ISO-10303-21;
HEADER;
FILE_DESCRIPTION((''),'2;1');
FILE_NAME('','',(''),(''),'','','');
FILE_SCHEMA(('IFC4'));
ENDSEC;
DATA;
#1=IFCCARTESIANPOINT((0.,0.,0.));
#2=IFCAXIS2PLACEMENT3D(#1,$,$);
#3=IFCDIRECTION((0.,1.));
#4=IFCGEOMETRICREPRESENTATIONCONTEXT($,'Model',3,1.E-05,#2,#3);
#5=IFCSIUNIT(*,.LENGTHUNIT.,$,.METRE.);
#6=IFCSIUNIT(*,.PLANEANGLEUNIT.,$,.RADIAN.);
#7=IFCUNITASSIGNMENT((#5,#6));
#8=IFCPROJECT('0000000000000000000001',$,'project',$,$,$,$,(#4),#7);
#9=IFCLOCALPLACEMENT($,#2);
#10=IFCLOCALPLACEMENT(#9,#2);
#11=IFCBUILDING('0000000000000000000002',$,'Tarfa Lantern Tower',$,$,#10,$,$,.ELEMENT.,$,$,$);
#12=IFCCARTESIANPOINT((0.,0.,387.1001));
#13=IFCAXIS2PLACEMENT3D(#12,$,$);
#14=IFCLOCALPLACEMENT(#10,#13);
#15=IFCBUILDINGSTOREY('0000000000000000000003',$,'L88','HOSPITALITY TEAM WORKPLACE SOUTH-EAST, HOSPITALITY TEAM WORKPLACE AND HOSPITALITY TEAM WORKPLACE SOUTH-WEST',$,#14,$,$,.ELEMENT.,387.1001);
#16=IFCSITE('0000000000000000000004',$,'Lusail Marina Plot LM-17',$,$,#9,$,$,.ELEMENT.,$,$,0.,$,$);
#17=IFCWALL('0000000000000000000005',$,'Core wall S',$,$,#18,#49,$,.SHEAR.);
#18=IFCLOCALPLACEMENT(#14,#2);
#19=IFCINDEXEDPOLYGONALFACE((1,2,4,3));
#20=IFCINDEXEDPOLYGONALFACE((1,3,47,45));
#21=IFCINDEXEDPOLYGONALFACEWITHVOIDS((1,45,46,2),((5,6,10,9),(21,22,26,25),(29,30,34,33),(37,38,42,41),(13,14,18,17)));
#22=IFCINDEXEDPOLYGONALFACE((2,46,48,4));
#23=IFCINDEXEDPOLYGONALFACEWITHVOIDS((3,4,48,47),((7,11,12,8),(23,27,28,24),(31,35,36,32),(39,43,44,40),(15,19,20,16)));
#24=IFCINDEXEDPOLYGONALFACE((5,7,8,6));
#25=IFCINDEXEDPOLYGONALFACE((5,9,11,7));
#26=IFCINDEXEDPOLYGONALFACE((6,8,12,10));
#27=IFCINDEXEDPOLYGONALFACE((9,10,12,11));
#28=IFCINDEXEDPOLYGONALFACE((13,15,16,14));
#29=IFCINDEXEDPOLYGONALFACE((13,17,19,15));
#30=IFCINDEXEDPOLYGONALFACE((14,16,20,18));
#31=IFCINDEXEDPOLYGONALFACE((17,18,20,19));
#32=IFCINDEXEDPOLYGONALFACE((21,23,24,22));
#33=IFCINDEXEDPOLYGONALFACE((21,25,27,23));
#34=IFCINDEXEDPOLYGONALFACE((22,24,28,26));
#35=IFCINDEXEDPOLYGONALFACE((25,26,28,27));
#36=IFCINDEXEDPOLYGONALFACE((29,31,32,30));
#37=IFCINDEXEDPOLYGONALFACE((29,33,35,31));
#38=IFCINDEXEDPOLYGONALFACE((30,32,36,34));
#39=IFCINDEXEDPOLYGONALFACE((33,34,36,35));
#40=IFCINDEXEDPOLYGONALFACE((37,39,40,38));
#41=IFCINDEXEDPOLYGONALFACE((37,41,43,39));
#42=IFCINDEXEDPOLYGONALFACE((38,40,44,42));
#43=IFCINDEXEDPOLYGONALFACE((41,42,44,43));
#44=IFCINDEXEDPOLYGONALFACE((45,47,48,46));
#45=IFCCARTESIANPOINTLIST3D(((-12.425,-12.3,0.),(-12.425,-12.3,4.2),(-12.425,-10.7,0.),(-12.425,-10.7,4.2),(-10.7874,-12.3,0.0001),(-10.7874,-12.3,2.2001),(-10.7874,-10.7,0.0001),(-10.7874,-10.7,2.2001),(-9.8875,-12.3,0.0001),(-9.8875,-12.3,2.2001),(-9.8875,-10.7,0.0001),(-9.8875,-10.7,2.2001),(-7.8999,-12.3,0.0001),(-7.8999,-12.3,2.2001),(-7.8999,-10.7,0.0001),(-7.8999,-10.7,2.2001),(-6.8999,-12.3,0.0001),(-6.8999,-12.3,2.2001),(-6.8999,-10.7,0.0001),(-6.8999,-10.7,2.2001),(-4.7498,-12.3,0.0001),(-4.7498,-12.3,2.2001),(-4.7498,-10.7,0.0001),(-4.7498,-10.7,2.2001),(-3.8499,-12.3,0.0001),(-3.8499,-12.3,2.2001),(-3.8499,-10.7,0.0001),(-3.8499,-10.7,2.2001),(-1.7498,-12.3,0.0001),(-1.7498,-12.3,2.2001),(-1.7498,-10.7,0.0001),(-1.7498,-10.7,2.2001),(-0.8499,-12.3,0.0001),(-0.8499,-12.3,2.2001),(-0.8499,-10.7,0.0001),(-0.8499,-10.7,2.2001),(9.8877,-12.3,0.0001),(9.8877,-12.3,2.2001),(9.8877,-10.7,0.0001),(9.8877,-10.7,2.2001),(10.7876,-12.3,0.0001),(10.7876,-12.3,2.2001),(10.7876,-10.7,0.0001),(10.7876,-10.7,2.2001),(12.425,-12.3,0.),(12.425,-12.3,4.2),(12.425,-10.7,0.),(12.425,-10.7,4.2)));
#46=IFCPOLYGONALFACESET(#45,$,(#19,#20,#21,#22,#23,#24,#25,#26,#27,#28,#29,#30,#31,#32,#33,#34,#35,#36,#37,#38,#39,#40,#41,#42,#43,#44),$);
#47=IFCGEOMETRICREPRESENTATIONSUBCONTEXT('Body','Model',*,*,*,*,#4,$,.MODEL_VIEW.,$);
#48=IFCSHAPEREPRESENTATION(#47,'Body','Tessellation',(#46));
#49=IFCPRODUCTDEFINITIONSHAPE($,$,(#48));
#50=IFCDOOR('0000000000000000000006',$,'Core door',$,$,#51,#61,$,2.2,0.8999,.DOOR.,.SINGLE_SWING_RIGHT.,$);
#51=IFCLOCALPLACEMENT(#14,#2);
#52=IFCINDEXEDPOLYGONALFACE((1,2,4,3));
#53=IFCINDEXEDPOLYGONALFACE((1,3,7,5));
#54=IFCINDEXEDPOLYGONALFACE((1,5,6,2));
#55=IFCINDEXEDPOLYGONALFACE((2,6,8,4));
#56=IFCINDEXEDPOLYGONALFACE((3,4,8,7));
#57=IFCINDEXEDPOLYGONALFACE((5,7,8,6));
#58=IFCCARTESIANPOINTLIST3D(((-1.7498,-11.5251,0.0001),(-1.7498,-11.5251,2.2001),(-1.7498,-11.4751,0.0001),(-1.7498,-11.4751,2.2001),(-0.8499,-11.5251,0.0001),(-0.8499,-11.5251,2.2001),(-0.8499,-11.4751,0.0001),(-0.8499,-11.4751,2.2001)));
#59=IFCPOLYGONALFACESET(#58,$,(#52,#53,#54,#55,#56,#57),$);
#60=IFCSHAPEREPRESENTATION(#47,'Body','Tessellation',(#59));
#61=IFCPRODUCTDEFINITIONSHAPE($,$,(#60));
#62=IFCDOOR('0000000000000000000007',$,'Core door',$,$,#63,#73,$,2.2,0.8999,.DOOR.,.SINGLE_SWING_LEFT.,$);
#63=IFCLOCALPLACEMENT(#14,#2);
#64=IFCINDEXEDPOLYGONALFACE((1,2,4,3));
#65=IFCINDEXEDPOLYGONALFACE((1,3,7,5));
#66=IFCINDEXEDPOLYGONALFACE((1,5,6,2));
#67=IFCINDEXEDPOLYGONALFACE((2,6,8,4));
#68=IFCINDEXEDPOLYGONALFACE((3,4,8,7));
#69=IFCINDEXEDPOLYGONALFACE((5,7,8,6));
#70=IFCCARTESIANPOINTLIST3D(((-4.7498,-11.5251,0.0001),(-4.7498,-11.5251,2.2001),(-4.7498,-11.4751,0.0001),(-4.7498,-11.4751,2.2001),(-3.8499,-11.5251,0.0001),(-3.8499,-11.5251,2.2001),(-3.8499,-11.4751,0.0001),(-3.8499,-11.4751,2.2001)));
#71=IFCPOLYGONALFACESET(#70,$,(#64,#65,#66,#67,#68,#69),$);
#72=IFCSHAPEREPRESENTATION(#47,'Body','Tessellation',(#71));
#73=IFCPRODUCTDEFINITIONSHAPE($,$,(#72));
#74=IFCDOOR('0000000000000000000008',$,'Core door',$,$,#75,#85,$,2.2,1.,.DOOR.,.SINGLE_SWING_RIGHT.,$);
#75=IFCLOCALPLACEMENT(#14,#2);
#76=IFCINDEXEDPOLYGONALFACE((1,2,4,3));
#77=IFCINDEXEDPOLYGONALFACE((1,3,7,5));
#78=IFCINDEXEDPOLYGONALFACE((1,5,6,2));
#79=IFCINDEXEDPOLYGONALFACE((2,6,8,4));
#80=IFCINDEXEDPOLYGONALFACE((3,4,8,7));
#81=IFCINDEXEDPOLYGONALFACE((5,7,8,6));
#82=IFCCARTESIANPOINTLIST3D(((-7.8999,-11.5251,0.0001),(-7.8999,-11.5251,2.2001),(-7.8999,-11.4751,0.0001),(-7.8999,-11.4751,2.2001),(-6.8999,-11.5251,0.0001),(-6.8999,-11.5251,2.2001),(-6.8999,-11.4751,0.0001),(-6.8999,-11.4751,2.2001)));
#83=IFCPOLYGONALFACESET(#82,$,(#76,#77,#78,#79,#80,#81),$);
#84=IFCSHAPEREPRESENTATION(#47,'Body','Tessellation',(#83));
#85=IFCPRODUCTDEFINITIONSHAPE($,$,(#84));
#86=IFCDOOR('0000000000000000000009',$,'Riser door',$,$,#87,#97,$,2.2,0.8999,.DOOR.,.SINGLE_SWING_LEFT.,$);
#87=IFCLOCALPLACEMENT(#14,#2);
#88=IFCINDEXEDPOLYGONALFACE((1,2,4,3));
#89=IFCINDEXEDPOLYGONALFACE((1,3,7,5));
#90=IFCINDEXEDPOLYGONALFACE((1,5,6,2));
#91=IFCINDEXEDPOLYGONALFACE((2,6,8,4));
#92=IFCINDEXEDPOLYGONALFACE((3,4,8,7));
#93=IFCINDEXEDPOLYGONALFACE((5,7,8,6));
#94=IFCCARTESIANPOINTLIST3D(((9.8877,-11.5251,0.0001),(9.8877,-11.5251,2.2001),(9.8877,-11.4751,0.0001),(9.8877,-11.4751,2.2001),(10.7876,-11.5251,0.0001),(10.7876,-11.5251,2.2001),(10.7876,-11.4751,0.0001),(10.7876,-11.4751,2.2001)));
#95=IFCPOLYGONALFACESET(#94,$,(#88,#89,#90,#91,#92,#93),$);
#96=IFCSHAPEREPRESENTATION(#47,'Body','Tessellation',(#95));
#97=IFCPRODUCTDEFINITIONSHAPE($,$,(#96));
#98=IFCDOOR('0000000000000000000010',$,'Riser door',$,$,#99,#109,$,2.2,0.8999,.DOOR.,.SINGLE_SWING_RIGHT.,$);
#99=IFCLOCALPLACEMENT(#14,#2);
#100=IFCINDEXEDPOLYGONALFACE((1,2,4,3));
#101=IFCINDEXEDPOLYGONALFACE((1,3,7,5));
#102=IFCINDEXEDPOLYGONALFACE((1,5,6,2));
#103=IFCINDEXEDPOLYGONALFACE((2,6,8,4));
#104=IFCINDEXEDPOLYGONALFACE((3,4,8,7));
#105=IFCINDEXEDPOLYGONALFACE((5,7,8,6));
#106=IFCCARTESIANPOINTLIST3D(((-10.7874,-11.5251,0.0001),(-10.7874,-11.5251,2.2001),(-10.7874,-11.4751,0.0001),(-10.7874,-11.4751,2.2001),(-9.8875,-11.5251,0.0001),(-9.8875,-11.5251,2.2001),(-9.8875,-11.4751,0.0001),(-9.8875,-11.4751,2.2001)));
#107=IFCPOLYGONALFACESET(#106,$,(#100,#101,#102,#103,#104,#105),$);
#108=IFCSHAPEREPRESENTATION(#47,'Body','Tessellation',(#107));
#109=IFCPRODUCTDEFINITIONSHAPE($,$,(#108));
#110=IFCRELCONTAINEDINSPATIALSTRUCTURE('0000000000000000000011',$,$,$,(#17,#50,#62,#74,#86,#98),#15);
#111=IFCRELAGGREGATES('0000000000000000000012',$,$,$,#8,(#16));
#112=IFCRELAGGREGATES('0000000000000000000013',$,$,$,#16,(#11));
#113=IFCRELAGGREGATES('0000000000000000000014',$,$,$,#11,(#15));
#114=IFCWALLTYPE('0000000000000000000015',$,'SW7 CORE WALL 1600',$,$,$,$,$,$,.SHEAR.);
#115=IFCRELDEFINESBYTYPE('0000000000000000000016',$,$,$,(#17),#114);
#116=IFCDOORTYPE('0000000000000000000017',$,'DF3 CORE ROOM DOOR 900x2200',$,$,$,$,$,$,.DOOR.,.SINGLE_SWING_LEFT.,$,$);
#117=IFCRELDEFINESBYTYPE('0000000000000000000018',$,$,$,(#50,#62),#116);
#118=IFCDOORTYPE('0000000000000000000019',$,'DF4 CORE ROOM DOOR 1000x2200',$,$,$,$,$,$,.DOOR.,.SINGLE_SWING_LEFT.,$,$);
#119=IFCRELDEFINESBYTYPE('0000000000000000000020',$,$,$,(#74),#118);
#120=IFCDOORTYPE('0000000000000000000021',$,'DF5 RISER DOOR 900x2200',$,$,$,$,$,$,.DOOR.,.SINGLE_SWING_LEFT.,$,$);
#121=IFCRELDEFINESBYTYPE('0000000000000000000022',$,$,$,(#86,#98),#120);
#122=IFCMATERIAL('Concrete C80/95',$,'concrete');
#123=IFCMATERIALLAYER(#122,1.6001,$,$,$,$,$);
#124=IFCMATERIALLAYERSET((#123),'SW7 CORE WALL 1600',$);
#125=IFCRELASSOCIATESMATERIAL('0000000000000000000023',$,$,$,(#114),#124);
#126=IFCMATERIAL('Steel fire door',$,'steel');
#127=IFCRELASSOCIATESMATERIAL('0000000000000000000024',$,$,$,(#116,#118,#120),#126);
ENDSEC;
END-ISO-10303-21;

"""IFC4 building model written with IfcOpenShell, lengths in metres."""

from ifc_helpers import new_model, si_unit, direction, frame, frame_2d, origin, place, context, subcontext, project, spatial, rectangle, extrude, material, layer, layer_set, type_object, element, fill, save


model = new_model("IFC4")

# Units and contexts
model_context = context("Model", 3, precision=1e-05, world=origin(), true_north=direction((0.0, 1.0)))
body_context = subcontext(model_context, "Body", "Model", "MODEL_VIEW")
ifc_project = project(units=[si_unit("LENGTHUNIT", "METRE"), si_unit("PLANEANGLEUNIT", "RADIAN")], contexts=[model_context])

# Site, building, storey
site_placement = place(None, origin())
site = spatial("IfcSite", under=ifc_project, at=site_placement, Name="Lusail Marina Plot LM-17", CompositionType="ELEMENT", RefElevation=0.0)
building_placement = place(site_placement, origin())
building = spatial("IfcBuilding", under=site, at=building_placement, Name="Tarfa Lantern Tower", CompositionType="ELEMENT")
storey_placement = place(building_placement, frame((0.0, 0.0, 387.1001)))
storey = spatial("IfcBuildingStorey", under=building, at=storey_placement, Name="L88", Description="HOSPITALITY TEAM WORKPLACE SOUTH-EAST, HOSPITALITY TEAM WORKPLACE AND HOSPITALITY TEAM WORKPLACE SOUTH-WEST", CompositionType="ELEMENT", Elevation=387.1001)

# Shared definitions
ifc_material_1 = material(Name="Concrete C80/95", Category="concrete")

# Shared definitions
ifc_material_2 = material(Name="Steel fire door", Category="steel")

# Wall, openings, doors
ifc_layer_1 = layer(ifc_material_1, 1.6001)
ifc_layer_set_1 = layer_set([ifc_layer_1], Name="SW7 CORE WALL 1600")
wall_type_1 = type_object("IfcWallType", Name="SW7 CORE WALL 1600", PredefinedType="SHEAR", material=ifc_layer_set_1)
wall_1_placement = place(storey_placement, frame((12.425, -11.5, 0.0), z_axis=(0.0, 0.0, 1.0), x_axis=(-1.0, 0.0, 0.0)))
wall_1 = element("IfcWall", 1, at=wall_1_placement, inside=storey, type_object=wall_type_1, Name="Core wall S", PredefinedType="SHEAR", context=body_context, shape_type="SweptSolid", body=[
    extrude(rectangle(XDim=24.8501, YDim=1.6001, at=frame_2d((12.425, 0.0))), origin(), (0.0, 0.0, 1.0), 4.2),
])
opening_1_placement = place(wall_1_placement, frame((13.2749, 0.0, 0.0)))
opening_1 = element("IfcOpeningElement", 2, at=opening_1_placement, cuts=wall_1, PredefinedType="OPENING", context=body_context, shape_type="SweptSolid", body=[
    extrude(rectangle(XDim=0.8999, YDim=2.2, at=frame_2d((0.45, 1.1001))), frame((0.0, 0.8101, 0.0), z_axis=(0.0, -1.0, 0.0), x_axis=(1.0, 0.0, 0.0)), (0.0, 0.0, 1.0), 1.6201),
])
opening_2_placement = place(wall_1_placement, frame((16.2749, 0.0, 0.0)))
opening_2 = element("IfcOpeningElement", 3, at=opening_2_placement, cuts=wall_1, PredefinedType="OPENING", context=body_context, shape_type="SweptSolid", body=[
    extrude(rectangle(XDim=0.8999, YDim=2.2, at=frame_2d((0.45, 1.1001))), frame((0.0, 0.8101, 0.0), z_axis=(0.0, -1.0, 0.0), x_axis=(1.0, 0.0, 0.0)), (0.0, 0.0, 1.0), 1.6201),
])
opening_3_placement = place(wall_1_placement, frame((19.325, 0.0, 0.0)))
opening_3 = element("IfcOpeningElement", 4, at=opening_3_placement, cuts=wall_1, PredefinedType="OPENING", context=body_context, shape_type="SweptSolid", body=[
    extrude(rectangle(XDim=1.0, YDim=2.2, at=frame_2d((0.5, 1.1001))), frame((0.0, 0.8101, 0.0), z_axis=(0.0, -1.0, 0.0), x_axis=(1.0, 0.0, 0.0)), (0.0, 0.0, 1.0), 1.6201),
])
opening_4_placement = place(wall_1_placement, frame((1.6375, 0.0, 0.0)))
opening_4 = element("IfcOpeningElement", 5, at=opening_4_placement, cuts=wall_1, PredefinedType="OPENING", context=body_context, shape_type="SweptSolid", body=[
    extrude(rectangle(XDim=0.8999, YDim=2.2, at=frame_2d((0.45, 1.1001))), frame((0.0, 0.8101, 0.0), z_axis=(0.0, -1.0, 0.0), x_axis=(1.0, 0.0, 0.0)), (0.0, 0.0, 1.0), 1.6201),
])
opening_5_placement = place(wall_1_placement, frame((22.3125, 0.0, 0.0)))
opening_5 = element("IfcOpeningElement", 6, at=opening_5_placement, cuts=wall_1, PredefinedType="OPENING", context=body_context, shape_type="SweptSolid", body=[
    extrude(rectangle(XDim=0.8999, YDim=2.2, at=frame_2d((0.45, 1.1001))), frame((0.0, 0.8101, 0.0), z_axis=(0.0, -1.0, 0.0), x_axis=(1.0, 0.0, 0.0)), (0.0, 0.0, 1.0), 1.6201),
])
door_type_1 = type_object("IfcDoorType", Name="DF3 CORE ROOM DOOR 900x2200", OperationType="SINGLE_SWING_LEFT", PredefinedType="DOOR", material=ifc_material_2)
door_1_placement = place(opening_1_placement, frame((0.8999, 0.0, 0.0), z_axis=(0.0, 0.0, 1.0), x_axis=(-1.0, 0.0, 0.0)))
door_1 = element("IfcDoor", 7, at=door_1_placement, inside=storey, type_object=door_type_1, Name="Core door", OperationType="SINGLE_SWING_RIGHT", OverallHeight=2.2, OverallWidth=0.8999, PredefinedType="DOOR", context=body_context, shape_type="SweptSolid", body=[
    extrude(rectangle(XDim=0.8999, YDim=2.2, at=frame_2d((0.45, 1.1001))), frame((0.0, 0.0249, 0.0), z_axis=(0.0, -1.0, 0.0), x_axis=(1.0, 0.0, 0.0)), (0.0, 0.0, 1.0), 0.05),
])
fill(opening_1, door_1)
door_2_placement = place(opening_2_placement, frame((0.8999, 0.0, 0.0), z_axis=(0.0, 0.0, 1.0), x_axis=(-1.0, 0.0, 0.0)))
door_2 = element("IfcDoor", 8, at=door_2_placement, inside=storey, type_object=door_type_1, Name="Core door", OperationType="SINGLE_SWING_LEFT", OverallHeight=2.2, OverallWidth=0.8999, PredefinedType="DOOR", context=body_context, shape_type="SweptSolid", body=[
    extrude(rectangle(XDim=0.8999, YDim=2.2, at=frame_2d((0.45, 1.1001))), frame((0.0, 0.0249, 0.0), z_axis=(0.0, -1.0, 0.0), x_axis=(1.0, 0.0, 0.0)), (0.0, 0.0, 1.0), 0.05),
])
fill(opening_2, door_2)
door_type_2 = type_object("IfcDoorType", Name="DF4 CORE ROOM DOOR 1000x2200", OperationType="SINGLE_SWING_LEFT", PredefinedType="DOOR", material=ifc_material_2)
door_3_placement = place(opening_3_placement, frame((1.0, 0.0, 0.0), z_axis=(0.0, 0.0, 1.0), x_axis=(-1.0, 0.0, 0.0)))
door_3 = element("IfcDoor", 9, at=door_3_placement, inside=storey, type_object=door_type_2, Name="Core door", OperationType="SINGLE_SWING_RIGHT", OverallHeight=2.2, OverallWidth=1.0, PredefinedType="DOOR", context=body_context, shape_type="SweptSolid", body=[
    extrude(rectangle(XDim=1.0, YDim=2.2, at=frame_2d((0.5, 1.1001))), frame((0.0, 0.0249, 0.0), z_axis=(0.0, -1.0, 0.0), x_axis=(1.0, 0.0, 0.0)), (0.0, 0.0, 1.0), 0.05),
])
fill(opening_3, door_3)
door_type_3 = type_object("IfcDoorType", Name="DF5 RISER DOOR 900x2200", OperationType="SINGLE_SWING_LEFT", PredefinedType="DOOR", material=ifc_material_2)
door_4_placement = place(opening_4_placement, frame((0.8999, 0.0, 0.0), z_axis=(0.0, 0.0, 1.0), x_axis=(-1.0, 0.0, 0.0)))
door_4 = element("IfcDoor", 10, at=door_4_placement, inside=storey, type_object=door_type_3, Name="Riser door", OperationType="SINGLE_SWING_LEFT", OverallHeight=2.2, OverallWidth=0.8999, PredefinedType="DOOR", context=body_context, shape_type="SweptSolid", body=[
    extrude(rectangle(XDim=0.8999, YDim=2.2, at=frame_2d((0.45, 1.1001))), frame((0.0, 0.0249, 0.0), z_axis=(0.0, -1.0, 0.0), x_axis=(1.0, 0.0, 0.0)), (0.0, 0.0, 1.0), 0.05),
])
fill(opening_4, door_4)
door_5_placement = place(opening_5_placement, frame((0.8999, 0.0, 0.0), z_axis=(0.0, 0.0, 1.0), x_axis=(-1.0, 0.0, 0.0)))
door_5 = element("IfcDoor", 11, at=door_5_placement, inside=storey, type_object=door_type_3, Name="Riser door", OperationType="SINGLE_SWING_RIGHT", OverallHeight=2.2, OverallWidth=0.8999, PredefinedType="DOOR", context=body_context, shape_type="SweptSolid", body=[
    extrude(rectangle(XDim=0.8999, YDim=2.2, at=frame_2d((0.45, 1.1001))), frame((0.0, 0.0249, 0.0), z_axis=(0.0, -1.0, 0.0), x_axis=(1.0, 0.0, 0.0)), (0.0, 0.0, 1.0), 0.05),
])
fill(opening_5, door_5)

save(model, "model.ifc")
